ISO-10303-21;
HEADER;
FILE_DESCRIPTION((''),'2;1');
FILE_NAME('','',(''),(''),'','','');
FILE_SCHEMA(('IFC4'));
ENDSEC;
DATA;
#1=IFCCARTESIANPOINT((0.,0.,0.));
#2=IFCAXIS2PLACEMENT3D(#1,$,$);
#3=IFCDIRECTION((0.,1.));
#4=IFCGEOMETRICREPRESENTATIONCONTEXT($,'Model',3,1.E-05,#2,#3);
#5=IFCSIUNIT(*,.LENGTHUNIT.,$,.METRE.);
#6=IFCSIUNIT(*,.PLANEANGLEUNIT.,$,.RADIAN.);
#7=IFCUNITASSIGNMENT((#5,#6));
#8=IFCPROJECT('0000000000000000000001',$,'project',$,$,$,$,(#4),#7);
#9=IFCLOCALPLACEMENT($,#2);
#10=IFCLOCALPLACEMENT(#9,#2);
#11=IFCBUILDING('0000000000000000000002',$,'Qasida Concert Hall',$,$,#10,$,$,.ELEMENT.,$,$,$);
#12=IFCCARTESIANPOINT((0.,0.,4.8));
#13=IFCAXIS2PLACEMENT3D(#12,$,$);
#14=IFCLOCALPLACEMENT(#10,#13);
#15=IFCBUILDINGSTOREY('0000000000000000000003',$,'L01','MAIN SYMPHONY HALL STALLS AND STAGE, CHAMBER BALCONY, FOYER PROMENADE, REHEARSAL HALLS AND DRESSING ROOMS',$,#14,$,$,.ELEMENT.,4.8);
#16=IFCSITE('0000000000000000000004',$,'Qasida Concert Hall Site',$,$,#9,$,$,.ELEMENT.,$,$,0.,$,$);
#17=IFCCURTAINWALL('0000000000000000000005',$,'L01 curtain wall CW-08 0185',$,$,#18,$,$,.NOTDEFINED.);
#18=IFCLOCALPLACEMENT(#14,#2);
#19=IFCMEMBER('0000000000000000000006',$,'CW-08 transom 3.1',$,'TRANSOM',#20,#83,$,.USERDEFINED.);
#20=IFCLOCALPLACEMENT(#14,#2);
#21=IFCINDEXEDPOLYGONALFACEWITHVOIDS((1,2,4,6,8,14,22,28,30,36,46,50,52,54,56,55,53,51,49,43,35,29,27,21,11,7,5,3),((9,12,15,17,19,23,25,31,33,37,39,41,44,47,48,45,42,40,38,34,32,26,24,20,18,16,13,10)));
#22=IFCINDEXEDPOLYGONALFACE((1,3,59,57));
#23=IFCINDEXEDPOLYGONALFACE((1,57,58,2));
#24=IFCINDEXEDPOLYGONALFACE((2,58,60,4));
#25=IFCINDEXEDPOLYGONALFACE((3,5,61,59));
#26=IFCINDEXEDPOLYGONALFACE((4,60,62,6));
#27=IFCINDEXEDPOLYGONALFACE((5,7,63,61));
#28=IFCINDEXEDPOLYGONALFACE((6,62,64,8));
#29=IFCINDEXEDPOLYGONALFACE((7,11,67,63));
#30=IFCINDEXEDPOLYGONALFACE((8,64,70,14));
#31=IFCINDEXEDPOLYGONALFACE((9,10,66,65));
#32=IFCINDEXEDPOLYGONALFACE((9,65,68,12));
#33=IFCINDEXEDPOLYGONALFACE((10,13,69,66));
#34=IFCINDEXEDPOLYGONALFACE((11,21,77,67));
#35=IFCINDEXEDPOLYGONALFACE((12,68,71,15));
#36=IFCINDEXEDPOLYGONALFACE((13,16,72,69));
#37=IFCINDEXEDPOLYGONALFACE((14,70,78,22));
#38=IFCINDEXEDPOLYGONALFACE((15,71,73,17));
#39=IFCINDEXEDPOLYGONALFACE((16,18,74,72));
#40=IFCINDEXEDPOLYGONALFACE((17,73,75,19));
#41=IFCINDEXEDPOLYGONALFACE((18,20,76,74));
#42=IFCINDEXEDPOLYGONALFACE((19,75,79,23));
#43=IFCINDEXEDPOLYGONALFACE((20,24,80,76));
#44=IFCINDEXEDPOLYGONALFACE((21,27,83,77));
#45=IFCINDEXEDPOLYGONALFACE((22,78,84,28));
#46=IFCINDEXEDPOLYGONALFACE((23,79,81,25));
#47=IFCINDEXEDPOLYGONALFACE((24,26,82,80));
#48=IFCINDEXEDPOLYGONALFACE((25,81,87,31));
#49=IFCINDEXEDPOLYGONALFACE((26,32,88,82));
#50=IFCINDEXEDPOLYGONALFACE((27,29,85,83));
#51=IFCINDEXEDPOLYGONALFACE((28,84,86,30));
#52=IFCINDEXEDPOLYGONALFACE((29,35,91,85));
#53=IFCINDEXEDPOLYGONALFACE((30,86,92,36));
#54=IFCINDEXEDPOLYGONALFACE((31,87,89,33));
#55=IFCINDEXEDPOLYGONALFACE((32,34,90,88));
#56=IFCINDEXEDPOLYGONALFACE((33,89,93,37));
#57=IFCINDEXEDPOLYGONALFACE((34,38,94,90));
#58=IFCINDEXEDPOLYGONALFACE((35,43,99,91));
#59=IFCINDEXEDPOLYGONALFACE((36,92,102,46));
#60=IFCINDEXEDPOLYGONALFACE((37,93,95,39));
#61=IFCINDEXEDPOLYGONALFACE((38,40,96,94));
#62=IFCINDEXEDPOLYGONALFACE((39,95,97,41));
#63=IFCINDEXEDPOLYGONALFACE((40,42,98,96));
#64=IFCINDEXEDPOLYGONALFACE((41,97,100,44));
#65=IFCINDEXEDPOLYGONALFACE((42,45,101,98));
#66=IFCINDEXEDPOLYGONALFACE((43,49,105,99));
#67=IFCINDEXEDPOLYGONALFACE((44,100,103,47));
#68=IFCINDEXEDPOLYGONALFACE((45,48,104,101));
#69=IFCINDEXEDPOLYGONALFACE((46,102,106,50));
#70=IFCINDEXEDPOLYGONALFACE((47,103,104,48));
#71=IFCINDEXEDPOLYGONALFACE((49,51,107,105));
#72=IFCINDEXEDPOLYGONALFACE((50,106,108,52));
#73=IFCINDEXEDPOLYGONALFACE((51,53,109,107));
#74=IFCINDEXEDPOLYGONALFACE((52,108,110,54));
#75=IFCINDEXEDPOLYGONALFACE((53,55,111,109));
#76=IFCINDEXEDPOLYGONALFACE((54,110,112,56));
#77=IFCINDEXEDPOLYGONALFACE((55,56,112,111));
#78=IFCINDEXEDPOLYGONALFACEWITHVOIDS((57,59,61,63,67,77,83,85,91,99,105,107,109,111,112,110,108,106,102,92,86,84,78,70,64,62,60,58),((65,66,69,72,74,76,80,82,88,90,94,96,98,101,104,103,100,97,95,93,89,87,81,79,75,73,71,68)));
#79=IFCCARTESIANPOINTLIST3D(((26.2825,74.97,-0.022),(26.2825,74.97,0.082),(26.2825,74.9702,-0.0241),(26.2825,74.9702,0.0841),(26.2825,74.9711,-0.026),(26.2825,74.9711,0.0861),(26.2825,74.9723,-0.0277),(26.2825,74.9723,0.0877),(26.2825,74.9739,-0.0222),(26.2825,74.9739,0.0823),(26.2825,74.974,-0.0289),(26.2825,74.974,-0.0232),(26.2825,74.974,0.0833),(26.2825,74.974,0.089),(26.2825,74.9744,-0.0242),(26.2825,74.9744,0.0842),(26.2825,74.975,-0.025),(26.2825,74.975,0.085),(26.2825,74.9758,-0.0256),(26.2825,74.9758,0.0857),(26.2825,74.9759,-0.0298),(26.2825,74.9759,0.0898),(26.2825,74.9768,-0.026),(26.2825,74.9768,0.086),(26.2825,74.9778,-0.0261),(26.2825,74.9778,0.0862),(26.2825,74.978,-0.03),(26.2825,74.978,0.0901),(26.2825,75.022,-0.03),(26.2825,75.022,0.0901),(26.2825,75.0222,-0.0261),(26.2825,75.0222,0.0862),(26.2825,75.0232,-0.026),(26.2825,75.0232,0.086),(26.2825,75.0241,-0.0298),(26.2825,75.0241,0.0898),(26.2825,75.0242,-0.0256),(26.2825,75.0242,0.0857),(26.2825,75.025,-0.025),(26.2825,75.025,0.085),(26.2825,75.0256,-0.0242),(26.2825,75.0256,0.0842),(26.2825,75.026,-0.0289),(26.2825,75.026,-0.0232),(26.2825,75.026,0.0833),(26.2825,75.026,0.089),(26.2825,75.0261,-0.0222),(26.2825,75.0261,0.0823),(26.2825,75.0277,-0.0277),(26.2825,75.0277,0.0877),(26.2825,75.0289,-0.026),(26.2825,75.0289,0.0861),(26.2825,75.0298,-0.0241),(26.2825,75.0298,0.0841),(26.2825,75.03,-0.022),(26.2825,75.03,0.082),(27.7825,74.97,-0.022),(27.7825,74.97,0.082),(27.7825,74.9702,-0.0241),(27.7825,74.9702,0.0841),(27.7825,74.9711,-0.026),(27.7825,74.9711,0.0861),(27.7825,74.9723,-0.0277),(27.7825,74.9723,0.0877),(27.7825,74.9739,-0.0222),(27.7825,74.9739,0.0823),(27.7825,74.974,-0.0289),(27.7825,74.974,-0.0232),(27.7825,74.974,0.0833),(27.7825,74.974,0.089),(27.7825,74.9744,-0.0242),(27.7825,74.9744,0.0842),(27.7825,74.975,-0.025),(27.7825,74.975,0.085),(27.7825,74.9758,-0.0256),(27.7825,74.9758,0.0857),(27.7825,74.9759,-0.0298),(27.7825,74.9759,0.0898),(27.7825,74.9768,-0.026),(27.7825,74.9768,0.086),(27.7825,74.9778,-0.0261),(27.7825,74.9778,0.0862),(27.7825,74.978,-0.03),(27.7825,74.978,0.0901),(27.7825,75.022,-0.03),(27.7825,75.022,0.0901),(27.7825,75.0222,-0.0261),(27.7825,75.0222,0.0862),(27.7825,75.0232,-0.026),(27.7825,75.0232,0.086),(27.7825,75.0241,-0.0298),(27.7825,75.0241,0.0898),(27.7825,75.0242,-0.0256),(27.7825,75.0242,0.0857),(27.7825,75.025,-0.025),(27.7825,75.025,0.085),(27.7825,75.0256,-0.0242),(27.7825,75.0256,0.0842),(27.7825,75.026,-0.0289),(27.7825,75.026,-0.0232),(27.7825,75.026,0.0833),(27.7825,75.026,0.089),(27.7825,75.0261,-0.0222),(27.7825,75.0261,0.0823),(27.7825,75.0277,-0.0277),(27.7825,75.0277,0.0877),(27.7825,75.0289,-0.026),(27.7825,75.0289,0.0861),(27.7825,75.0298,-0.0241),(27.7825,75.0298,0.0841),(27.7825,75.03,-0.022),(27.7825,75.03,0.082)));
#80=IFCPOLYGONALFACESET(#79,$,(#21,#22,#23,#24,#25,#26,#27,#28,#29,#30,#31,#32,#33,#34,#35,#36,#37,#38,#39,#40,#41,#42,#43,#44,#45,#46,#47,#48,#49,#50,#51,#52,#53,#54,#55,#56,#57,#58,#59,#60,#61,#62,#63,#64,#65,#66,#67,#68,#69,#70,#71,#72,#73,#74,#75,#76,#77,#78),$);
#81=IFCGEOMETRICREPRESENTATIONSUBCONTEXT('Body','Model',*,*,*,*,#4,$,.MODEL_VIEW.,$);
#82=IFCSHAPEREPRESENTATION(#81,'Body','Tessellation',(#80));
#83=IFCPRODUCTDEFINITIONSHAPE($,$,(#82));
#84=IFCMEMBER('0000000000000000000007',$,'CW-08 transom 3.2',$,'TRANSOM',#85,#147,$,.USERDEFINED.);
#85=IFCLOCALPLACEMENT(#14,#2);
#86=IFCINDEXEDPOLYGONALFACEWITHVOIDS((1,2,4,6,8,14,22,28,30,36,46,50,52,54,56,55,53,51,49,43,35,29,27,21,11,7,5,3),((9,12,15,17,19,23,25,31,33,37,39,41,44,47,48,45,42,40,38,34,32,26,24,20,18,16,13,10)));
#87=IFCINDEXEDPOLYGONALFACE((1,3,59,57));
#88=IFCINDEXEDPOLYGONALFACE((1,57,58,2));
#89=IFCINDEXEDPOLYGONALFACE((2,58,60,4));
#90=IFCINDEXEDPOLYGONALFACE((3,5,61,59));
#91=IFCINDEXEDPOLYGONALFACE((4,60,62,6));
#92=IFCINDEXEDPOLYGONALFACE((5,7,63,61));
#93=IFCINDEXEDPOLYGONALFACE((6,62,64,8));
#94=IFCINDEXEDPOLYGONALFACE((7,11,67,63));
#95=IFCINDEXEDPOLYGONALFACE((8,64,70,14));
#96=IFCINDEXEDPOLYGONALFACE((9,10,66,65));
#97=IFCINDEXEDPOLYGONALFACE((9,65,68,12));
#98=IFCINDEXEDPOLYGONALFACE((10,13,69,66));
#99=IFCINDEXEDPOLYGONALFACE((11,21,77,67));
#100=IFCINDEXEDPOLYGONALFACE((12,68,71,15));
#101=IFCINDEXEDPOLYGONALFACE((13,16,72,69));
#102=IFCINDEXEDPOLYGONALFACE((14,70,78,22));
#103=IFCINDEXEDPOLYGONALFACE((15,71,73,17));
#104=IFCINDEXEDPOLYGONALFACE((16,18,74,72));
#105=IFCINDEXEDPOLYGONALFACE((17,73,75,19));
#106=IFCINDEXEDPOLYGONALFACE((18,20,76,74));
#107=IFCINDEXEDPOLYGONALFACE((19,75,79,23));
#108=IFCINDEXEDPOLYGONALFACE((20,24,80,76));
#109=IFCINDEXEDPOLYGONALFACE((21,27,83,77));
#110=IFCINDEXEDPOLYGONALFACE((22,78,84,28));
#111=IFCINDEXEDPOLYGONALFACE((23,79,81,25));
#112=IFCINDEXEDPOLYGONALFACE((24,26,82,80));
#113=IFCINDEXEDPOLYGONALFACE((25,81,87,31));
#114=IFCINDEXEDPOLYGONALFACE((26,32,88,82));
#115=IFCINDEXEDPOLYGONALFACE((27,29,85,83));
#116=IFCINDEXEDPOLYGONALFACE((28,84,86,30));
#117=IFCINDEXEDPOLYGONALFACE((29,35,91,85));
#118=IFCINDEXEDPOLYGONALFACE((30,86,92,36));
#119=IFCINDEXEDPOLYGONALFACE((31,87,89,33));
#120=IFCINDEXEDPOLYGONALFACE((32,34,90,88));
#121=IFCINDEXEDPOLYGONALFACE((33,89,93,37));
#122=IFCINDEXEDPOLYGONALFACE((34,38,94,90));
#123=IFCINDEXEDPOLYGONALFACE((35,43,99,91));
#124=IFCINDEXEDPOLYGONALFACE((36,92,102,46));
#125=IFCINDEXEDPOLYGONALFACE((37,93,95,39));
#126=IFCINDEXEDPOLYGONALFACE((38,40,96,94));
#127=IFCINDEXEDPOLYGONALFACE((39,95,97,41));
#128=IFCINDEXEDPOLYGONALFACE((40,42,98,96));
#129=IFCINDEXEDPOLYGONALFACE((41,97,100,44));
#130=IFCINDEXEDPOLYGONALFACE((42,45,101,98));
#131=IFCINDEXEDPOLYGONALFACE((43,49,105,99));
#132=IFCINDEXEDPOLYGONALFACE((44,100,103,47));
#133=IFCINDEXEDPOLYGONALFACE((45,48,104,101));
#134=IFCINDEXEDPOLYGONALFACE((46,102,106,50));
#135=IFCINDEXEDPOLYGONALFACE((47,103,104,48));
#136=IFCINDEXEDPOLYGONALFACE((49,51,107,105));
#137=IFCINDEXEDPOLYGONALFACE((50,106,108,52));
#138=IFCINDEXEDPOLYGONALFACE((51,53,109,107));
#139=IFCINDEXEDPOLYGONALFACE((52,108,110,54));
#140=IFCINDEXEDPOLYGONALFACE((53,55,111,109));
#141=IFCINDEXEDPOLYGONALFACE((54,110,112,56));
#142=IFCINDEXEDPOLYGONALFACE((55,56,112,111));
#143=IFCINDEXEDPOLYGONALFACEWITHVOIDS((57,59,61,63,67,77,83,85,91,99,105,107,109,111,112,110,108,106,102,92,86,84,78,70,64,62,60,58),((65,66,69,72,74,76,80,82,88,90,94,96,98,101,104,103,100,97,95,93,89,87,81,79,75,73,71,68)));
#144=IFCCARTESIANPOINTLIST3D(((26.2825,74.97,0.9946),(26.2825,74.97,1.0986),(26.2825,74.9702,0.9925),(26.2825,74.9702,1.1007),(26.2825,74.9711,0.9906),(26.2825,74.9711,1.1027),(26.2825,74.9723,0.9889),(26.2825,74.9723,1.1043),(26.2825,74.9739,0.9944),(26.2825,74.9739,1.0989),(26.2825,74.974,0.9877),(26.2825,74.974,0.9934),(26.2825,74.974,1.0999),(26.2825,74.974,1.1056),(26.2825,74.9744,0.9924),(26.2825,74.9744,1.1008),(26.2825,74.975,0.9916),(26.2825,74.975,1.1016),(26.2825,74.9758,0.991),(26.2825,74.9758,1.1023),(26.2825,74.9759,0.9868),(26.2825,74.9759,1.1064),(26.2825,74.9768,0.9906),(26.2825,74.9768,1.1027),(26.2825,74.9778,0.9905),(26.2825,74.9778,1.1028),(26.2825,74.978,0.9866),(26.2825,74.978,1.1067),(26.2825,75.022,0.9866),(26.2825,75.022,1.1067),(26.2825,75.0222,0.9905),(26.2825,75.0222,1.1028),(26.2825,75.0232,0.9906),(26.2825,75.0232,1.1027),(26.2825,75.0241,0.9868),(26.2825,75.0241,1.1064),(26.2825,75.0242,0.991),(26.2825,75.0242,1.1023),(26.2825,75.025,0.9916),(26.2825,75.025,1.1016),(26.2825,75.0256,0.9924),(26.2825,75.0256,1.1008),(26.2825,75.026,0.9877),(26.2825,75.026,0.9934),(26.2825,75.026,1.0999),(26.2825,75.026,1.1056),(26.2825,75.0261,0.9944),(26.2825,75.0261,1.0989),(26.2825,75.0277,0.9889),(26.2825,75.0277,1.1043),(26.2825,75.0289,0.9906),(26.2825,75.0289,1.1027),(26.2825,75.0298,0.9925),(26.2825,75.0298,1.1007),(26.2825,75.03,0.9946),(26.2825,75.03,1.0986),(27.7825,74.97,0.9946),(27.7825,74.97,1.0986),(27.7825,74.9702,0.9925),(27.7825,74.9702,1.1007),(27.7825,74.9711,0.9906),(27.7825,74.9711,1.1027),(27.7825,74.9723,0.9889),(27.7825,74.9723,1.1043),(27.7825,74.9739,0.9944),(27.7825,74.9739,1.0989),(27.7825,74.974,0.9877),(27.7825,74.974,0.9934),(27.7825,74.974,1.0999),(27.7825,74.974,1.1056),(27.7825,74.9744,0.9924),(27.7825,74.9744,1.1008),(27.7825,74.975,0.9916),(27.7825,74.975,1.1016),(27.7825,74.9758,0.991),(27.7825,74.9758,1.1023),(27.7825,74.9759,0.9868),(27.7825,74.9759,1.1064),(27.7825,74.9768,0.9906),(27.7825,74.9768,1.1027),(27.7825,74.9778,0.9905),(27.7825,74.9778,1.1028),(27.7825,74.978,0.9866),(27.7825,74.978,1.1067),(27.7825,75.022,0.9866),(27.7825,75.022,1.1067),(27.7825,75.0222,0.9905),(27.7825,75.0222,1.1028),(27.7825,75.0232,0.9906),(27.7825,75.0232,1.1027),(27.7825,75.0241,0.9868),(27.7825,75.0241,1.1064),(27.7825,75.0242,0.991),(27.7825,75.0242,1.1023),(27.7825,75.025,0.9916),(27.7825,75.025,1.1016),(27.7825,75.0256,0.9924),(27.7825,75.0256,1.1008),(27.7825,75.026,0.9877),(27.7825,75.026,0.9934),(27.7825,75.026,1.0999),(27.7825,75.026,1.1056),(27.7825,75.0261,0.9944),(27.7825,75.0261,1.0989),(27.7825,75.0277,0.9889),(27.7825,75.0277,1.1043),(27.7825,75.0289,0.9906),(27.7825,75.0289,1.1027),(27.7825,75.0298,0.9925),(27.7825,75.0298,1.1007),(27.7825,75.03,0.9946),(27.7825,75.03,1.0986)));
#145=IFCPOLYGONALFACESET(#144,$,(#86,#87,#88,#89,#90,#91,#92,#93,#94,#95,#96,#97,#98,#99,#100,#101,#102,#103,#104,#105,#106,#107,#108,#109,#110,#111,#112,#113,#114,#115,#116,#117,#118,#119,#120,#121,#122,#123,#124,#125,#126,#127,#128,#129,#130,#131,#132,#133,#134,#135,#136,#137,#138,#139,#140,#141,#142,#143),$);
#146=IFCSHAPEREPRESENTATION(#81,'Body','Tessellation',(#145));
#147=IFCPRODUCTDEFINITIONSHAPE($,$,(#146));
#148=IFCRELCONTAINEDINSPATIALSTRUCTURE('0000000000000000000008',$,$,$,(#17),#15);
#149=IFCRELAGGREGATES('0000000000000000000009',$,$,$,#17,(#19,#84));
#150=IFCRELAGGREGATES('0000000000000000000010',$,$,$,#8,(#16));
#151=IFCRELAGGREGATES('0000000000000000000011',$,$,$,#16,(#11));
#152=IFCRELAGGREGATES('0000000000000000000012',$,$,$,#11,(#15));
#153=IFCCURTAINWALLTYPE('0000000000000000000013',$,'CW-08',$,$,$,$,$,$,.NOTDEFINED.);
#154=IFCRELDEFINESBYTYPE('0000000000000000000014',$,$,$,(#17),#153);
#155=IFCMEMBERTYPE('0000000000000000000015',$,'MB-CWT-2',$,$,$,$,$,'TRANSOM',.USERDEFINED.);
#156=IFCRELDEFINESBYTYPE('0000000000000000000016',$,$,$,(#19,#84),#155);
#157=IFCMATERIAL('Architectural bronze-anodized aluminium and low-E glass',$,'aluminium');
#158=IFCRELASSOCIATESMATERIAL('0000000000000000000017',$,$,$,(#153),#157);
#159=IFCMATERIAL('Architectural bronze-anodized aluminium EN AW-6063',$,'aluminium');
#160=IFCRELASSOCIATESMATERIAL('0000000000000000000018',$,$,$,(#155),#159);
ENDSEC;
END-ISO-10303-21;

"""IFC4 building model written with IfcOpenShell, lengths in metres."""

from ifc_helpers import new_model, si_unit, direction, frame, origin, origin_2d, place, context, subcontext, project, spatial, hollow_rectangle, extrude, material, material_profile, profile_set, type_object, element, aggregate, save


model = new_model("IFC4")

# Units and contexts
model_context = context("Model", 3, precision=1e-05, world=origin(), true_north=direction((0.0, 1.0)))
body_context = subcontext(model_context, "Body", "Model", "MODEL_VIEW")
ifc_project = project(units=[si_unit("LENGTHUNIT", "METRE"), si_unit("PLANEANGLEUNIT", "RADIAN")], contexts=[model_context])

# Site, building, storey
site_placement = place(None, origin())
site = spatial("IfcSite", under=ifc_project, at=site_placement, Name="Qasida Concert Hall Site", CompositionType="ELEMENT", RefElevation=0.0)
building_placement = place(site_placement, origin())
building = spatial("IfcBuilding", under=site, at=building_placement, Name="Qasida Concert Hall", CompositionType="ELEMENT")
storey_placement = place(building_placement, frame((0.0, 0.0, 4.8)))
storey = spatial("IfcBuildingStorey", under=building, at=storey_placement, Name="L01", Description="MAIN SYMPHONY HALL STALLS AND STAGE, CHAMBER BALCONY, FOYER PROMENADE, REHEARSAL HALLS AND DRESSING ROOMS", CompositionType="ELEMENT", Elevation=4.8)

# Curtain wall
ifc_material_1 = material(Name="Architectural bronze-anodized aluminium and low-E glass", Category="aluminium")
ifc_material_2 = material(Name="Architectural bronze-anodized aluminium EN AW-6063", Category="aluminium")
curtain_wall_type_1 = type_object("IfcCurtainWallType", Name="CW-08", PredefinedType="NOTDEFINED", material=ifc_material_1)
curtain_wall_1_placement = place(storey_placement, origin())
curtain_wall_1 = element("IfcCurtainWall", 1, at=curtain_wall_1_placement, inside=storey, type_object=curtain_wall_type_1, Name="L01 curtain wall CW-08 0185", PredefinedType="NOTDEFINED")

# Members
ifc_material_profile_1 = material_profile(ifc_material_2, hollow_rectangle(XDim=0.0601, YDim=0.1201, WallThickness=0.0039, InnerFilletRadius=0.0039, OuterFilletRadius=0.0081, at=origin_2d()), Name="CWT 120x60x4")
ifc_profile_set_1 = profile_set([ifc_material_profile_1], Name="Architectural bronze-anodized aluminium EN AW-6063")
member_type_1 = type_object("IfcMemberType", Name="MB-CWT-2", ElementType="TRANSOM", PredefinedType="USERDEFINED", material=ifc_profile_set_1)
member_1_placement = place(storey_placement, frame((26.2825, 75.0, 0.03), z_axis=(1.0, 0.0, 0.0), x_axis=(0.0, 1.0, 0.0)))
member_1 = element("IfcMember", 2, at=member_1_placement, type_object=member_type_1, Name="CW-08 transom 3.1", ObjectType="TRANSOM", PredefinedType="USERDEFINED", context=body_context, shape_type="SweptSolid", body=[
    extrude(hollow_rectangle(XDim=0.0601, YDim=0.1201, WallThickness=0.0039, InnerFilletRadius=0.0039, OuterFilletRadius=0.0081, at=origin_2d()), origin(), (0.0, 0.0, 1.0), 1.5),
])
member_2_placement = place(storey_placement, frame((26.2825, 75.0, 1.0466), z_axis=(1.0, 0.0, 0.0), x_axis=(0.0, 1.0, 0.0)))
member_2 = element("IfcMember", 3, at=member_2_placement, type_object=member_type_1, Name="CW-08 transom 3.2", ObjectType="TRANSOM", PredefinedType="USERDEFINED", context=body_context, shape_type="SweptSolid", body=[
    extrude(hollow_rectangle(XDim=0.0601, YDim=0.1201, WallThickness=0.0039, InnerFilletRadius=0.0039, OuterFilletRadius=0.0081, at=origin_2d()), origin(), (0.0, 0.0, 1.0), 1.5),
])

aggregate(curtain_wall_1, [member_1, member_2])

save(model, "model.ifc")
